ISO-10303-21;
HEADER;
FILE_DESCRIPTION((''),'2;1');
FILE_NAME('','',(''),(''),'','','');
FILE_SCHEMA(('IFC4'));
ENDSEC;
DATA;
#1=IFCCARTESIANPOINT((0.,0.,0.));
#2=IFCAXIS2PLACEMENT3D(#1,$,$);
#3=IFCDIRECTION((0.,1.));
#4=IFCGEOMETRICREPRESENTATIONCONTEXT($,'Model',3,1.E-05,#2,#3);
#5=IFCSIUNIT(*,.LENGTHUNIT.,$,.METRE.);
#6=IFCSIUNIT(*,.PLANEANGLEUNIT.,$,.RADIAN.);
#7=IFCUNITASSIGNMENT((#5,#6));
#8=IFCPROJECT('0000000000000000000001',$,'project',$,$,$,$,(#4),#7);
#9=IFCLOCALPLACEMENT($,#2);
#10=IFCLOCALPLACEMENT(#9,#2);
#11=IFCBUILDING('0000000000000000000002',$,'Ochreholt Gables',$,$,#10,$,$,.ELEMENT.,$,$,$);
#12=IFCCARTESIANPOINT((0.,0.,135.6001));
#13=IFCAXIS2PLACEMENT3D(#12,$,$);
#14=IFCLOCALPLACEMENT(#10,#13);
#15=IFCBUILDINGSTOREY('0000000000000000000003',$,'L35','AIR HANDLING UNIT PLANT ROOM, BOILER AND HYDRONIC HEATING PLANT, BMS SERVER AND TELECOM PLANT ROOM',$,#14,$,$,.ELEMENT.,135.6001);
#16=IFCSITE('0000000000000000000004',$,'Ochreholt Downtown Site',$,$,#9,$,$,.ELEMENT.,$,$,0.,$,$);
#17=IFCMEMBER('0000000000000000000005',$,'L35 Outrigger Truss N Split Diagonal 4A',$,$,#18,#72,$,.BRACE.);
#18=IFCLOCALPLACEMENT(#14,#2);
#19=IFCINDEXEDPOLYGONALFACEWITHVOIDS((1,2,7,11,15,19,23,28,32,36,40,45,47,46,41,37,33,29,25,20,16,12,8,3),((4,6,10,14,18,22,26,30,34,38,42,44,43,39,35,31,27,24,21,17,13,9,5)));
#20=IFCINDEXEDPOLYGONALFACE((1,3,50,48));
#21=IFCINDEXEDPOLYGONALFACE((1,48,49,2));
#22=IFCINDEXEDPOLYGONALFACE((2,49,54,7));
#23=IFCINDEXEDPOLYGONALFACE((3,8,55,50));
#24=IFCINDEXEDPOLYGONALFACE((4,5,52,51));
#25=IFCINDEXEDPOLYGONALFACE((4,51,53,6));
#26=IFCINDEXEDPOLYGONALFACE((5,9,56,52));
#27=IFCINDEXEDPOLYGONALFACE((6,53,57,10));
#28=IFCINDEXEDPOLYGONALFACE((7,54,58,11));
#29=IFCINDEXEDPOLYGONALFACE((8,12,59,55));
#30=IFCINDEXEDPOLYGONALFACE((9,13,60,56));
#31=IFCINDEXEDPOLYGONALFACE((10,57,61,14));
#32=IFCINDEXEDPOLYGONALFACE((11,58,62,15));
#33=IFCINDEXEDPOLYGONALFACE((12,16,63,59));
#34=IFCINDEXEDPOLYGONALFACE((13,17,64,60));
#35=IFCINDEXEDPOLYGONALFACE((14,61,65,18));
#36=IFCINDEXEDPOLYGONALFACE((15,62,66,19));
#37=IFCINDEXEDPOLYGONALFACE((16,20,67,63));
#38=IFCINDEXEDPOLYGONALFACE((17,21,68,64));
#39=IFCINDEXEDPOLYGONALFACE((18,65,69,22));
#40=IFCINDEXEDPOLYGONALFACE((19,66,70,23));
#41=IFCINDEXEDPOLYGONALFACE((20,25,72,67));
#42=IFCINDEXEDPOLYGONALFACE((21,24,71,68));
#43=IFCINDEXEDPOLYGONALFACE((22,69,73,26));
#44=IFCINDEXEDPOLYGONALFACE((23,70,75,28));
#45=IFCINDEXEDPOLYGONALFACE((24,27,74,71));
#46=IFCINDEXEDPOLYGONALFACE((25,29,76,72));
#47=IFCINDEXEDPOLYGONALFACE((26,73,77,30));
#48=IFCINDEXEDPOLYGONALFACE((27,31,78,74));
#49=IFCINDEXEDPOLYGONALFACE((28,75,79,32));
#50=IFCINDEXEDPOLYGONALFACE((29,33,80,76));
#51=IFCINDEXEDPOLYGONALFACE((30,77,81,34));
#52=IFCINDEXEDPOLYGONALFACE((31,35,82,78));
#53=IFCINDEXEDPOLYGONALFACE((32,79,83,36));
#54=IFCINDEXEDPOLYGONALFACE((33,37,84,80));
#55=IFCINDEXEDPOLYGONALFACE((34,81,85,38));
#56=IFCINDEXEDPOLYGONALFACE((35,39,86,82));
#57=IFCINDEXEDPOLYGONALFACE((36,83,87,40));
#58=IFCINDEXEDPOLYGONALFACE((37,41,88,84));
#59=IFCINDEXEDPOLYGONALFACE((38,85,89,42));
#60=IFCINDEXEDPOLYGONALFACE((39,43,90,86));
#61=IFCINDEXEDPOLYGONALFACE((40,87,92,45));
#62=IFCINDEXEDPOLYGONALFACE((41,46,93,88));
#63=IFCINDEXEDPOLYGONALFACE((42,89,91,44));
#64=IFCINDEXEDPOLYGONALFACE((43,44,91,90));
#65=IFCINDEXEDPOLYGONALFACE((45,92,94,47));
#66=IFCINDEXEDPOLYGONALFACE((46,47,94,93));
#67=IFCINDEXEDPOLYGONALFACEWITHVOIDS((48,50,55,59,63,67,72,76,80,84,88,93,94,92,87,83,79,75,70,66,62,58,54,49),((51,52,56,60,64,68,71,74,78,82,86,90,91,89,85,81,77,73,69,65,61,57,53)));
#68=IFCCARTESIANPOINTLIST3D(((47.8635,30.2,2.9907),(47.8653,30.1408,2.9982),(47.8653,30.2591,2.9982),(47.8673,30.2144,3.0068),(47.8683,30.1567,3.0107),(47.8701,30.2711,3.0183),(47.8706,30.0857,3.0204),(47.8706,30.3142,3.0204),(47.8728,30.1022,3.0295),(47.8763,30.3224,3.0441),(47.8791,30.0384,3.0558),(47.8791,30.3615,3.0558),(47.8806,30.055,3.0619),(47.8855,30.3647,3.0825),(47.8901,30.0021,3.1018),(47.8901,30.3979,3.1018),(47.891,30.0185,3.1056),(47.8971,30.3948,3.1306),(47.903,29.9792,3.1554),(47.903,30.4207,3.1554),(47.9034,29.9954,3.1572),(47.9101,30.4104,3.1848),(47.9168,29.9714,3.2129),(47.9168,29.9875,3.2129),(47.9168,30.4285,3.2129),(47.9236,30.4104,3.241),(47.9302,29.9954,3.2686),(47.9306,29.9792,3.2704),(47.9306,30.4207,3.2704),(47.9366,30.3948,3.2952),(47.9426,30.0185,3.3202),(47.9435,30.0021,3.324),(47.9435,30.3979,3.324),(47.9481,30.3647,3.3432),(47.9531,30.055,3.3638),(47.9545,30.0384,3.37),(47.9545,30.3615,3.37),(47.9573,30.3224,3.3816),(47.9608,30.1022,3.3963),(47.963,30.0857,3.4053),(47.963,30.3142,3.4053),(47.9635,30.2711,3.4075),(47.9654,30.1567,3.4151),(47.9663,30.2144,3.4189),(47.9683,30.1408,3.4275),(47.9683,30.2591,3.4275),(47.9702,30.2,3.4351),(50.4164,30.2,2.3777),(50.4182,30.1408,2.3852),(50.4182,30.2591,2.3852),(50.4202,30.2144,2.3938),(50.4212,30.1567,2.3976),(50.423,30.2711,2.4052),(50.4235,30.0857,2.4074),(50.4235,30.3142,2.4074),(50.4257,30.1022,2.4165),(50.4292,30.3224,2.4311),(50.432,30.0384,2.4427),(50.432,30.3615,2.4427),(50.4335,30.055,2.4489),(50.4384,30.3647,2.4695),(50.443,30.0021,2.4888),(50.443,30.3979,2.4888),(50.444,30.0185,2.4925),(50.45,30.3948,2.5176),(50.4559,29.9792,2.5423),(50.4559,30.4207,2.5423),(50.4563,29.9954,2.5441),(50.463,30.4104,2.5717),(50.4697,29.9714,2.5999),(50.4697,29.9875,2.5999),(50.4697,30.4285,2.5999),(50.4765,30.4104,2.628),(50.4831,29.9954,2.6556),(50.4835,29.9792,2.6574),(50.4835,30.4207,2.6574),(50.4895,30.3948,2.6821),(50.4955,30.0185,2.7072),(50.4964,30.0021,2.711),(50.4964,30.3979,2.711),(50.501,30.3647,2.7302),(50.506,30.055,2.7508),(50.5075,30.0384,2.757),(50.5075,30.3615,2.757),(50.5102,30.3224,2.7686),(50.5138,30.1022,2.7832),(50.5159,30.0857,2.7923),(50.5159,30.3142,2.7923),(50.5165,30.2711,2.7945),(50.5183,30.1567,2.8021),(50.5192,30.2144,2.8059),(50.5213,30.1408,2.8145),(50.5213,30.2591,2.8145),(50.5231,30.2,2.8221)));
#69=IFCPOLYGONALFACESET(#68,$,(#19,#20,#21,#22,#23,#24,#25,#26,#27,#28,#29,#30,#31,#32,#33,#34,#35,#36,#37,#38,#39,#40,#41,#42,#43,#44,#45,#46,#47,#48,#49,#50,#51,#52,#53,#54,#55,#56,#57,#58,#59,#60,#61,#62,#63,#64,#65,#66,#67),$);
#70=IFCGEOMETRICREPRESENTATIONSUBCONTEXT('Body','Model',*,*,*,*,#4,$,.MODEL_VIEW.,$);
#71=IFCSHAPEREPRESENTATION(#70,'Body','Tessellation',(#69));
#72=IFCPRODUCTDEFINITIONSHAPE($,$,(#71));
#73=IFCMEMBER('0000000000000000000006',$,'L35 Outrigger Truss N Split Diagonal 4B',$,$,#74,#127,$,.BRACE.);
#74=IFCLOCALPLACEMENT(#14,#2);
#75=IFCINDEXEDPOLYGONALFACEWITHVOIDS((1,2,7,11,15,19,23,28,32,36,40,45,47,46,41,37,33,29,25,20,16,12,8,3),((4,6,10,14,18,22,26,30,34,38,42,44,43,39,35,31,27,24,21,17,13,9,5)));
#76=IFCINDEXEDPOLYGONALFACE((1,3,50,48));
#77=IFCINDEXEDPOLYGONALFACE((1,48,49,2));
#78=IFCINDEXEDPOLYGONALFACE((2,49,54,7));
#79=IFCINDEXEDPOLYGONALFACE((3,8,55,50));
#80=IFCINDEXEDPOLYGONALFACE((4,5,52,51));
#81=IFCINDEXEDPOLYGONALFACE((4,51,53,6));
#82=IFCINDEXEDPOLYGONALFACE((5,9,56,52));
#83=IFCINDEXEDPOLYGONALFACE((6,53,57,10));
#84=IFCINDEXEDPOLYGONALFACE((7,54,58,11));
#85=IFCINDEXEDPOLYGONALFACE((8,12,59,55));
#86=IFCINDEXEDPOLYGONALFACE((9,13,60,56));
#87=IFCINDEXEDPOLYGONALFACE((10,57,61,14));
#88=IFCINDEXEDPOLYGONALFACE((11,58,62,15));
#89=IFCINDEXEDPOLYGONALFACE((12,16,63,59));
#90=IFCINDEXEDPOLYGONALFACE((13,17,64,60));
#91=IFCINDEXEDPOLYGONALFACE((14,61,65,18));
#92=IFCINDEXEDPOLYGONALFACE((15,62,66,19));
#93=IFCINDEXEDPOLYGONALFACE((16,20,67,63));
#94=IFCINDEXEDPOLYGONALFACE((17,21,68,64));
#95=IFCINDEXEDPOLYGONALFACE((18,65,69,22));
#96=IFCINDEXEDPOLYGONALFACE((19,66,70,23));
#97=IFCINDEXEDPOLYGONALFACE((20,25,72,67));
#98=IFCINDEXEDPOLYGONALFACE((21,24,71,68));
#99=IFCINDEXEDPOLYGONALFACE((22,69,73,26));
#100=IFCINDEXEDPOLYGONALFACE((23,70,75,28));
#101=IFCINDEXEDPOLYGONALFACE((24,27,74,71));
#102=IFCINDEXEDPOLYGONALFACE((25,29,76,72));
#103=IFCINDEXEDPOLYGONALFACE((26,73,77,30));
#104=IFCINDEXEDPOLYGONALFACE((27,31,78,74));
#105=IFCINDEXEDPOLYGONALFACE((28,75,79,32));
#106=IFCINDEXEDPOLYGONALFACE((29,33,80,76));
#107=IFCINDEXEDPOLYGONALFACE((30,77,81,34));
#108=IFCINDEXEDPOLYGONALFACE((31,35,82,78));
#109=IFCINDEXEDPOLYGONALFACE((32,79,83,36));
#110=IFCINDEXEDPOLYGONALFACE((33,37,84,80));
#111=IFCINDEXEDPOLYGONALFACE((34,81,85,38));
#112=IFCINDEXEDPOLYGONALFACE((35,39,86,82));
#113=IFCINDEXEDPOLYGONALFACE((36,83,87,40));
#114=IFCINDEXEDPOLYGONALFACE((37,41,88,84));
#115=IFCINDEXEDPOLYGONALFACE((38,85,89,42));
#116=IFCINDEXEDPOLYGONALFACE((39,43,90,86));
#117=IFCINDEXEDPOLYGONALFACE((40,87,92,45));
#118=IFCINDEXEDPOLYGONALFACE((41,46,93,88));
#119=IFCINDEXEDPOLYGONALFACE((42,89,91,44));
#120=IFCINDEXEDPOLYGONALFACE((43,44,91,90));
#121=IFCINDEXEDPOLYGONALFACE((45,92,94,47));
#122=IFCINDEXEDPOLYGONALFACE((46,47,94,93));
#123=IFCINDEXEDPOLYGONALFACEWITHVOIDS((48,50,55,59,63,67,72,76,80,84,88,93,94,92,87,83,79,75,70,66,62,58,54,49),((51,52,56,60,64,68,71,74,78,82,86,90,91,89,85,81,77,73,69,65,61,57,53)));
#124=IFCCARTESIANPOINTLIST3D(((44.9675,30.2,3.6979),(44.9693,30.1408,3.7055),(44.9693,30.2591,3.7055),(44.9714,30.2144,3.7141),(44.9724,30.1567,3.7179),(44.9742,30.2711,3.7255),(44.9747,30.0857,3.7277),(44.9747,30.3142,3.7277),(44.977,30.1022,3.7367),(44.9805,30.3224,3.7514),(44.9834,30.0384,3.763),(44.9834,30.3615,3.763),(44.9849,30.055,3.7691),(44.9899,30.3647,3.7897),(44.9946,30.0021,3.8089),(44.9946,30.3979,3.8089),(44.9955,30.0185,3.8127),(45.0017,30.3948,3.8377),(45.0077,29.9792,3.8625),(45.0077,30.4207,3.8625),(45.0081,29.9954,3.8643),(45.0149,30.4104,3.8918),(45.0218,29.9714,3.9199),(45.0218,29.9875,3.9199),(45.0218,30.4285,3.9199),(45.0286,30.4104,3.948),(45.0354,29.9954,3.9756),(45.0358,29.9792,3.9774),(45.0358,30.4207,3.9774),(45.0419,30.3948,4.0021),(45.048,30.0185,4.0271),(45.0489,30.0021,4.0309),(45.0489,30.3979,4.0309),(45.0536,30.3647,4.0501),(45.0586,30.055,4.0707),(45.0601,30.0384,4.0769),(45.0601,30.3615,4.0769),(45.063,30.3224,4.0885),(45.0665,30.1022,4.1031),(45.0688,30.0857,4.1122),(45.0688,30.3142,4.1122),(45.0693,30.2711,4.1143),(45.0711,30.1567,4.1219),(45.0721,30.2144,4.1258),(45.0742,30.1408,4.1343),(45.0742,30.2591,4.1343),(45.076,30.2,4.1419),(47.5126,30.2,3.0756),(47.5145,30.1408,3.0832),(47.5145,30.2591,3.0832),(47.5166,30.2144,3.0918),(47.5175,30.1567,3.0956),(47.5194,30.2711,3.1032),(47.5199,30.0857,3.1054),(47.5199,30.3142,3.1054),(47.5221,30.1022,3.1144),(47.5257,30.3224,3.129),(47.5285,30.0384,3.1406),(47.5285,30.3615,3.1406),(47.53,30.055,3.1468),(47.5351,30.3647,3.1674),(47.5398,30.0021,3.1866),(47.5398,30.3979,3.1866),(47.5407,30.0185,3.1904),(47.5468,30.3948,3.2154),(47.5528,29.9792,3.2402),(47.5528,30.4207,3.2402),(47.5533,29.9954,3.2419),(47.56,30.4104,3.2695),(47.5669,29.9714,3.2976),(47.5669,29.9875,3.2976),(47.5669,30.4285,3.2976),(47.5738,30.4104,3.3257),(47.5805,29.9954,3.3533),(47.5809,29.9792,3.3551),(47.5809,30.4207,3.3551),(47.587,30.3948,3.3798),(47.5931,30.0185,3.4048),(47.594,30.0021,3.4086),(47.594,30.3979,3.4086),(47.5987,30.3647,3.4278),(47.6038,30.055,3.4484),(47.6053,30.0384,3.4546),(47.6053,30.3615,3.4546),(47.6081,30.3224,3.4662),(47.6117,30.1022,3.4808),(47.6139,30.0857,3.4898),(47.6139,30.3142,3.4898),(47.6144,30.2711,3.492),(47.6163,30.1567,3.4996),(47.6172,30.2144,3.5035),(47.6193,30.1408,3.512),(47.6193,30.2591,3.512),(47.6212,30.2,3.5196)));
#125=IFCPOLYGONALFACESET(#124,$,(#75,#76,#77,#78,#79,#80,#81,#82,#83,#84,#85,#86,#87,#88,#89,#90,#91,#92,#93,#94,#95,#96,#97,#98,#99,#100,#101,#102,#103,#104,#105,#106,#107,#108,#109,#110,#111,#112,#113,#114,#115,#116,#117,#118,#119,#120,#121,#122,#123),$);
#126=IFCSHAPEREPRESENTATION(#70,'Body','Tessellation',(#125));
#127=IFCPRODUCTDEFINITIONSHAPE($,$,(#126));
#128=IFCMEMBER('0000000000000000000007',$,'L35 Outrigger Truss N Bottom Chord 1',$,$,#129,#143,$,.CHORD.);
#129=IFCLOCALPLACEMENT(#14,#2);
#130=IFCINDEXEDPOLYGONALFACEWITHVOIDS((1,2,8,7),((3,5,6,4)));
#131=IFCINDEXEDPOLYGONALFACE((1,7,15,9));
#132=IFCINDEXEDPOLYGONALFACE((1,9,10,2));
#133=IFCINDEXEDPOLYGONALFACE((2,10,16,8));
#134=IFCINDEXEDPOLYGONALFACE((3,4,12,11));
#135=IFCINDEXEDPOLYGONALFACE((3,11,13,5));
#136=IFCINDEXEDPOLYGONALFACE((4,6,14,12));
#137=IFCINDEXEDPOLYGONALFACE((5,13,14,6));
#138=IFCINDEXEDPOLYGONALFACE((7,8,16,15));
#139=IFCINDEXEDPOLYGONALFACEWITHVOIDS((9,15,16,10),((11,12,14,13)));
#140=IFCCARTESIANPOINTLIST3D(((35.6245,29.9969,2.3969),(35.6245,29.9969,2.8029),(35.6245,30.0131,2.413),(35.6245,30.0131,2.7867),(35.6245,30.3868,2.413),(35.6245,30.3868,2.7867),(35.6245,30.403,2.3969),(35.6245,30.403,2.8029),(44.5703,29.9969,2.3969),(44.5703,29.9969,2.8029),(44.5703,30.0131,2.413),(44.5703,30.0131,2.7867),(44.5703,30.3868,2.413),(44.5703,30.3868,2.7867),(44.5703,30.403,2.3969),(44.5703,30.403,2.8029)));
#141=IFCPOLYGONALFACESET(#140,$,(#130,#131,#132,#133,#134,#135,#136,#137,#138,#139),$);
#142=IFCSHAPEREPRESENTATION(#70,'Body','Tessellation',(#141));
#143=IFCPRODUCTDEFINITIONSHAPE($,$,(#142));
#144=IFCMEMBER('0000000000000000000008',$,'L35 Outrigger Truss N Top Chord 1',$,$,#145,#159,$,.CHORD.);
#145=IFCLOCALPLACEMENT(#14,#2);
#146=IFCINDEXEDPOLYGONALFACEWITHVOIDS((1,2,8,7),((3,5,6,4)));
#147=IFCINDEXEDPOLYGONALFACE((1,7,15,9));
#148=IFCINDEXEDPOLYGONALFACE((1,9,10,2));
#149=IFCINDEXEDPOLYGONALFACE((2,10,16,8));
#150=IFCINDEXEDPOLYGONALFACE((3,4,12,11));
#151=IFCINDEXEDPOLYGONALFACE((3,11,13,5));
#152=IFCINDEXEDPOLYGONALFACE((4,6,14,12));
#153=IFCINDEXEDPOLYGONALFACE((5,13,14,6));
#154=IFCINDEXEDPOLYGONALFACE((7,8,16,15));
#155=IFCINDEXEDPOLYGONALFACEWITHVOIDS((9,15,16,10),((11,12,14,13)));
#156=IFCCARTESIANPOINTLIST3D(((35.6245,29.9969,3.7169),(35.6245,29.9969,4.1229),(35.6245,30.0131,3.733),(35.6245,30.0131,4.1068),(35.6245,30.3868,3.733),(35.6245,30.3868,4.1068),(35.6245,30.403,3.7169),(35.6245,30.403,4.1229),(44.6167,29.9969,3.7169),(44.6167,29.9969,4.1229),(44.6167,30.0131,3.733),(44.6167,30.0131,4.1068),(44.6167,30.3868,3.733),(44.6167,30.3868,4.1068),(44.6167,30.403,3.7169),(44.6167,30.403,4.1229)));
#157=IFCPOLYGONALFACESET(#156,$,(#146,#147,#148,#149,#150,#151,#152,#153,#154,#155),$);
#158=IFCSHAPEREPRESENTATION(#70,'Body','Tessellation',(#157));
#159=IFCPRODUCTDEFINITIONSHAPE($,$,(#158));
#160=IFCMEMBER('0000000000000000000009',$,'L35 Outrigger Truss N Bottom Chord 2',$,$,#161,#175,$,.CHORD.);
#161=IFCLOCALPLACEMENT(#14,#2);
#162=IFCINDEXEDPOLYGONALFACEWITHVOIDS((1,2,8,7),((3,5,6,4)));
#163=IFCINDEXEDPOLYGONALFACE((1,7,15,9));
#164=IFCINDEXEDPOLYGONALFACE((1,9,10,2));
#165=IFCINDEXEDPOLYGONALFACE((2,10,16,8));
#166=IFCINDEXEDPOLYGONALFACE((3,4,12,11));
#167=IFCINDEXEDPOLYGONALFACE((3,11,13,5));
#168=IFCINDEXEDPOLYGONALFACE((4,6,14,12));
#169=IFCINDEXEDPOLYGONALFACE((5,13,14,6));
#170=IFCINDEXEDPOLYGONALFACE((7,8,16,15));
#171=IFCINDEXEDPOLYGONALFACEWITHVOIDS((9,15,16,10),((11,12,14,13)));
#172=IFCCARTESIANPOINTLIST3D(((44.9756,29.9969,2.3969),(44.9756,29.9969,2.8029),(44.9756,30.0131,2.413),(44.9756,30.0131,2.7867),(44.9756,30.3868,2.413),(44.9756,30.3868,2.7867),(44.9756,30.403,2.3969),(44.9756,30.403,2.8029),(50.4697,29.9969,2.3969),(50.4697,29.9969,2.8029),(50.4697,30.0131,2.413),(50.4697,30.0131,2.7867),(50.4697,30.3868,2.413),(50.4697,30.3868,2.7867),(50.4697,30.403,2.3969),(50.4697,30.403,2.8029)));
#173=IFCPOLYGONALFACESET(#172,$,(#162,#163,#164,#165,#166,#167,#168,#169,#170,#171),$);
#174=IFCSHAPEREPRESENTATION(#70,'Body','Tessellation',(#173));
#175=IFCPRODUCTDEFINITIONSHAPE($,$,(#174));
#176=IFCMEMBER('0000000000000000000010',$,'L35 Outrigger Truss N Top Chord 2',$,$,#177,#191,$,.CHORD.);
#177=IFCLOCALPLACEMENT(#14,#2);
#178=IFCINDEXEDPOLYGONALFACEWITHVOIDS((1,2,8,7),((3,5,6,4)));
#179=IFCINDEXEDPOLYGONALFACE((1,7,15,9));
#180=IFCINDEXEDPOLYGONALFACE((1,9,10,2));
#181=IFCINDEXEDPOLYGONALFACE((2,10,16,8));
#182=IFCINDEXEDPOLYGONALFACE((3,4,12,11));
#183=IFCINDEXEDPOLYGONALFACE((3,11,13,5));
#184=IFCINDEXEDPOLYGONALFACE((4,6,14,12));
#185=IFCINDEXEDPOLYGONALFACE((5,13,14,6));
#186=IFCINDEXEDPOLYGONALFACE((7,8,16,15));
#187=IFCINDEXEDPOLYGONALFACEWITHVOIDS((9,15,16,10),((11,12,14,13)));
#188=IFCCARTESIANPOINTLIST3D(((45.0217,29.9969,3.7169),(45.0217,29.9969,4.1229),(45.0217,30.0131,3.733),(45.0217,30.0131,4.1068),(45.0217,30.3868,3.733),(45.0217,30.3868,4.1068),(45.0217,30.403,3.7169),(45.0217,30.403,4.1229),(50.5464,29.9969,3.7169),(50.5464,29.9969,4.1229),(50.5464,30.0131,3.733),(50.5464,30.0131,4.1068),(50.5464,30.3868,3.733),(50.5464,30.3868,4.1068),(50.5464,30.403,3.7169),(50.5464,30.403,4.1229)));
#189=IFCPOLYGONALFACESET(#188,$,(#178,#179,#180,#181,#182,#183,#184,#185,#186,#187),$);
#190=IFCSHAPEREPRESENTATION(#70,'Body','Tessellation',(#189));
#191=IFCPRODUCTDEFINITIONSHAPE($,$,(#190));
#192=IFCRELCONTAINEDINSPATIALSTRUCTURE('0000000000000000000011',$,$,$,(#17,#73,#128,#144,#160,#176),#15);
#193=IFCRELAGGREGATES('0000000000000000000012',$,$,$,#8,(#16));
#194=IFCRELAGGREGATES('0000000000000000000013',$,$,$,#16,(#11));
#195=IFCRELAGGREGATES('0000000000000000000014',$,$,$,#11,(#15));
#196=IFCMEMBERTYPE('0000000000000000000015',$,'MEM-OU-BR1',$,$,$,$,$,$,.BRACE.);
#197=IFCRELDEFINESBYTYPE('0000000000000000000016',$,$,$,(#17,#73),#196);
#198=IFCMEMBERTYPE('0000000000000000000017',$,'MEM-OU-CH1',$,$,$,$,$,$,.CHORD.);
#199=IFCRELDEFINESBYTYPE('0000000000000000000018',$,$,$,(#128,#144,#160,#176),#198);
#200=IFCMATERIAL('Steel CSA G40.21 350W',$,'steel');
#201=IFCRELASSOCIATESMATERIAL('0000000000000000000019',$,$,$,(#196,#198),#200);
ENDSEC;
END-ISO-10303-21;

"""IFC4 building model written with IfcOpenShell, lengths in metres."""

from ifc_helpers import new_model, si_unit, direction, frame, origin, origin_2d, place, context, subcontext, project, spatial, hollow_rectangle, hollow_circle, extrude, material, material_profile, profile_set, type_object, element, save


model = new_model("IFC4")

# Units and contexts
model_context = context("Model", 3, precision=1e-05, world=origin(), true_north=direction((0.0, 1.0)))
body_context = subcontext(model_context, "Body", "Model", "MODEL_VIEW")
ifc_project = project(units=[si_unit("LENGTHUNIT", "METRE"), si_unit("PLANEANGLEUNIT", "RADIAN")], contexts=[model_context])

# Site, building, storey
site_placement = place(None, origin())
site = spatial("IfcSite", under=ifc_project, at=site_placement, Name="Ochreholt Downtown Site", CompositionType="ELEMENT", RefElevation=0.0)
building_placement = place(site_placement, origin())
building = spatial("IfcBuilding", under=site, at=building_placement, Name="Ochreholt Gables", CompositionType="ELEMENT")
storey_placement = place(building_placement, frame((0.0, 0.0, 135.6001)))
storey = spatial("IfcBuildingStorey", under=building, at=storey_placement, Name="L35", Description="AIR HANDLING UNIT PLANT ROOM, BOILER AND HYDRONIC HEATING PLANT, BMS SERVER AND TELECOM PLANT ROOM", CompositionType="ELEMENT", Elevation=135.6001)

# Shared definitions
ifc_material_1 = material(Name="Steel CSA G40.21 350W", Category="steel")

# Members
ifc_material_profile_1 = material_profile(ifc_material_1, hollow_circle(Radius=0.2285, WallThickness=0.0161, at=origin_2d()), Name="CHS457X16")
ifc_profile_set_1 = profile_set([ifc_material_profile_1], Name="Steel CSA G40.21 350W")
member_type_1 = type_object("IfcMemberType", Name="MEM-OU-BR1", PredefinedType="BRACE", material=ifc_profile_set_1)
member_1_placement = place(storey_placement, frame((50.4697, 30.2, 2.5999), z_axis=(-0.972359, 0.0, 0.233489), x_axis=(0.0, -1.0, 0.0)))
element("IfcMember", 1, at=member_1_placement, inside=storey, type_object=member_type_1, Name="L35 Outrigger Truss N Split Diagonal 4A", PredefinedType="BRACE", context=body_context, shape_type="SweptSolid", body=[
    extrude(hollow_circle(Radius=0.2285, WallThickness=0.0161, at=origin_2d()), origin(), (0.0, 0.0, 1.0), 2.6255),
])
member_2_placement = place(storey_placement, frame((47.5669, 30.2, 3.2976), z_axis=(-0.971385, 0.0, 0.237512), x_axis=(0.0, -1.0, 0.0)))
element("IfcMember", 2, at=member_2_placement, inside=storey, type_object=member_type_1, Name="L35 Outrigger Truss N Split Diagonal 4B", PredefinedType="BRACE", context=body_context, shape_type="SweptSolid", body=[
    extrude(hollow_circle(Radius=0.2285, WallThickness=0.0161, at=origin_2d()), origin(), (0.0, 0.0, 1.0), 2.6201),
])
ifc_material_profile_2 = material_profile(ifc_material_1, hollow_rectangle(XDim=0.406, YDim=0.406, WallThickness=0.0161, at=origin_2d()), Name="HSS406X406X16")
ifc_profile_set_2 = profile_set([ifc_material_profile_2], Name="Steel CSA G40.21 350W")
member_type_2 = type_object("IfcMemberType", Name="MEM-OU-CH1", PredefinedType="CHORD", material=ifc_profile_set_2)
member_3_placement = place(storey_placement, frame((35.6245, 30.2, 2.5999), z_axis=(1.0, 0.0, 0.0), x_axis=(0.0, 1.0, 0.0)))
element("IfcMember", 3, at=member_3_placement, inside=storey, type_object=member_type_2, Name="L35 Outrigger Truss N Bottom Chord 1", PredefinedType="CHORD", context=body_context, shape_type="SweptSolid", body=[
    extrude(hollow_rectangle(XDim=0.406, YDim=0.406, WallThickness=0.0161, at=origin_2d()), origin(), (0.0, 0.0, 1.0), 8.9458),
])
member_4_placement = place(storey_placement, frame((35.6245, 30.2, 3.9199), z_axis=(1.0, 0.0, 0.0), x_axis=(0.0, 1.0, 0.0)))
element("IfcMember", 4, at=member_4_placement, inside=storey, type_object=member_type_2, Name="L35 Outrigger Truss N Top Chord 1", PredefinedType="CHORD", context=body_context, shape_type="SweptSolid", body=[
    extrude(hollow_rectangle(XDim=0.406, YDim=0.406, WallThickness=0.0161, at=origin_2d()), origin(), (0.0, 0.0, 1.0), 8.9922),
])
member_5_placement = place(storey_placement, frame((44.9756, 30.2, 2.5999), z_axis=(1.0, 0.0, 0.0), x_axis=(0.0, 1.0, 0.0)))
element("IfcMember", 5, at=member_5_placement, inside=storey, type_object=member_type_2, Name="L35 Outrigger Truss N Bottom Chord 2", PredefinedType="CHORD", context=body_context, shape_type="SweptSolid", body=[
    extrude(hollow_rectangle(XDim=0.406, YDim=0.406, WallThickness=0.0161, at=origin_2d()), origin(), (0.0, 0.0, 1.0), 5.4941),
])
member_6_placement = place(storey_placement, frame((45.0217, 30.2, 3.9199), z_axis=(1.0, 0.0, 0.0), x_axis=(0.0, 1.0, 0.0)))
element("IfcMember", 6, at=member_6_placement, inside=storey, type_object=member_type_2, Name="L35 Outrigger Truss N Top Chord 2", PredefinedType="CHORD", context=body_context, shape_type="SweptSolid", body=[
    extrude(hollow_rectangle(XDim=0.406, YDim=0.406, WallThickness=0.0161, at=origin_2d()), origin(), (0.0, 0.0, 1.0), 5.5247),
])

save(model, "model.ifc")
